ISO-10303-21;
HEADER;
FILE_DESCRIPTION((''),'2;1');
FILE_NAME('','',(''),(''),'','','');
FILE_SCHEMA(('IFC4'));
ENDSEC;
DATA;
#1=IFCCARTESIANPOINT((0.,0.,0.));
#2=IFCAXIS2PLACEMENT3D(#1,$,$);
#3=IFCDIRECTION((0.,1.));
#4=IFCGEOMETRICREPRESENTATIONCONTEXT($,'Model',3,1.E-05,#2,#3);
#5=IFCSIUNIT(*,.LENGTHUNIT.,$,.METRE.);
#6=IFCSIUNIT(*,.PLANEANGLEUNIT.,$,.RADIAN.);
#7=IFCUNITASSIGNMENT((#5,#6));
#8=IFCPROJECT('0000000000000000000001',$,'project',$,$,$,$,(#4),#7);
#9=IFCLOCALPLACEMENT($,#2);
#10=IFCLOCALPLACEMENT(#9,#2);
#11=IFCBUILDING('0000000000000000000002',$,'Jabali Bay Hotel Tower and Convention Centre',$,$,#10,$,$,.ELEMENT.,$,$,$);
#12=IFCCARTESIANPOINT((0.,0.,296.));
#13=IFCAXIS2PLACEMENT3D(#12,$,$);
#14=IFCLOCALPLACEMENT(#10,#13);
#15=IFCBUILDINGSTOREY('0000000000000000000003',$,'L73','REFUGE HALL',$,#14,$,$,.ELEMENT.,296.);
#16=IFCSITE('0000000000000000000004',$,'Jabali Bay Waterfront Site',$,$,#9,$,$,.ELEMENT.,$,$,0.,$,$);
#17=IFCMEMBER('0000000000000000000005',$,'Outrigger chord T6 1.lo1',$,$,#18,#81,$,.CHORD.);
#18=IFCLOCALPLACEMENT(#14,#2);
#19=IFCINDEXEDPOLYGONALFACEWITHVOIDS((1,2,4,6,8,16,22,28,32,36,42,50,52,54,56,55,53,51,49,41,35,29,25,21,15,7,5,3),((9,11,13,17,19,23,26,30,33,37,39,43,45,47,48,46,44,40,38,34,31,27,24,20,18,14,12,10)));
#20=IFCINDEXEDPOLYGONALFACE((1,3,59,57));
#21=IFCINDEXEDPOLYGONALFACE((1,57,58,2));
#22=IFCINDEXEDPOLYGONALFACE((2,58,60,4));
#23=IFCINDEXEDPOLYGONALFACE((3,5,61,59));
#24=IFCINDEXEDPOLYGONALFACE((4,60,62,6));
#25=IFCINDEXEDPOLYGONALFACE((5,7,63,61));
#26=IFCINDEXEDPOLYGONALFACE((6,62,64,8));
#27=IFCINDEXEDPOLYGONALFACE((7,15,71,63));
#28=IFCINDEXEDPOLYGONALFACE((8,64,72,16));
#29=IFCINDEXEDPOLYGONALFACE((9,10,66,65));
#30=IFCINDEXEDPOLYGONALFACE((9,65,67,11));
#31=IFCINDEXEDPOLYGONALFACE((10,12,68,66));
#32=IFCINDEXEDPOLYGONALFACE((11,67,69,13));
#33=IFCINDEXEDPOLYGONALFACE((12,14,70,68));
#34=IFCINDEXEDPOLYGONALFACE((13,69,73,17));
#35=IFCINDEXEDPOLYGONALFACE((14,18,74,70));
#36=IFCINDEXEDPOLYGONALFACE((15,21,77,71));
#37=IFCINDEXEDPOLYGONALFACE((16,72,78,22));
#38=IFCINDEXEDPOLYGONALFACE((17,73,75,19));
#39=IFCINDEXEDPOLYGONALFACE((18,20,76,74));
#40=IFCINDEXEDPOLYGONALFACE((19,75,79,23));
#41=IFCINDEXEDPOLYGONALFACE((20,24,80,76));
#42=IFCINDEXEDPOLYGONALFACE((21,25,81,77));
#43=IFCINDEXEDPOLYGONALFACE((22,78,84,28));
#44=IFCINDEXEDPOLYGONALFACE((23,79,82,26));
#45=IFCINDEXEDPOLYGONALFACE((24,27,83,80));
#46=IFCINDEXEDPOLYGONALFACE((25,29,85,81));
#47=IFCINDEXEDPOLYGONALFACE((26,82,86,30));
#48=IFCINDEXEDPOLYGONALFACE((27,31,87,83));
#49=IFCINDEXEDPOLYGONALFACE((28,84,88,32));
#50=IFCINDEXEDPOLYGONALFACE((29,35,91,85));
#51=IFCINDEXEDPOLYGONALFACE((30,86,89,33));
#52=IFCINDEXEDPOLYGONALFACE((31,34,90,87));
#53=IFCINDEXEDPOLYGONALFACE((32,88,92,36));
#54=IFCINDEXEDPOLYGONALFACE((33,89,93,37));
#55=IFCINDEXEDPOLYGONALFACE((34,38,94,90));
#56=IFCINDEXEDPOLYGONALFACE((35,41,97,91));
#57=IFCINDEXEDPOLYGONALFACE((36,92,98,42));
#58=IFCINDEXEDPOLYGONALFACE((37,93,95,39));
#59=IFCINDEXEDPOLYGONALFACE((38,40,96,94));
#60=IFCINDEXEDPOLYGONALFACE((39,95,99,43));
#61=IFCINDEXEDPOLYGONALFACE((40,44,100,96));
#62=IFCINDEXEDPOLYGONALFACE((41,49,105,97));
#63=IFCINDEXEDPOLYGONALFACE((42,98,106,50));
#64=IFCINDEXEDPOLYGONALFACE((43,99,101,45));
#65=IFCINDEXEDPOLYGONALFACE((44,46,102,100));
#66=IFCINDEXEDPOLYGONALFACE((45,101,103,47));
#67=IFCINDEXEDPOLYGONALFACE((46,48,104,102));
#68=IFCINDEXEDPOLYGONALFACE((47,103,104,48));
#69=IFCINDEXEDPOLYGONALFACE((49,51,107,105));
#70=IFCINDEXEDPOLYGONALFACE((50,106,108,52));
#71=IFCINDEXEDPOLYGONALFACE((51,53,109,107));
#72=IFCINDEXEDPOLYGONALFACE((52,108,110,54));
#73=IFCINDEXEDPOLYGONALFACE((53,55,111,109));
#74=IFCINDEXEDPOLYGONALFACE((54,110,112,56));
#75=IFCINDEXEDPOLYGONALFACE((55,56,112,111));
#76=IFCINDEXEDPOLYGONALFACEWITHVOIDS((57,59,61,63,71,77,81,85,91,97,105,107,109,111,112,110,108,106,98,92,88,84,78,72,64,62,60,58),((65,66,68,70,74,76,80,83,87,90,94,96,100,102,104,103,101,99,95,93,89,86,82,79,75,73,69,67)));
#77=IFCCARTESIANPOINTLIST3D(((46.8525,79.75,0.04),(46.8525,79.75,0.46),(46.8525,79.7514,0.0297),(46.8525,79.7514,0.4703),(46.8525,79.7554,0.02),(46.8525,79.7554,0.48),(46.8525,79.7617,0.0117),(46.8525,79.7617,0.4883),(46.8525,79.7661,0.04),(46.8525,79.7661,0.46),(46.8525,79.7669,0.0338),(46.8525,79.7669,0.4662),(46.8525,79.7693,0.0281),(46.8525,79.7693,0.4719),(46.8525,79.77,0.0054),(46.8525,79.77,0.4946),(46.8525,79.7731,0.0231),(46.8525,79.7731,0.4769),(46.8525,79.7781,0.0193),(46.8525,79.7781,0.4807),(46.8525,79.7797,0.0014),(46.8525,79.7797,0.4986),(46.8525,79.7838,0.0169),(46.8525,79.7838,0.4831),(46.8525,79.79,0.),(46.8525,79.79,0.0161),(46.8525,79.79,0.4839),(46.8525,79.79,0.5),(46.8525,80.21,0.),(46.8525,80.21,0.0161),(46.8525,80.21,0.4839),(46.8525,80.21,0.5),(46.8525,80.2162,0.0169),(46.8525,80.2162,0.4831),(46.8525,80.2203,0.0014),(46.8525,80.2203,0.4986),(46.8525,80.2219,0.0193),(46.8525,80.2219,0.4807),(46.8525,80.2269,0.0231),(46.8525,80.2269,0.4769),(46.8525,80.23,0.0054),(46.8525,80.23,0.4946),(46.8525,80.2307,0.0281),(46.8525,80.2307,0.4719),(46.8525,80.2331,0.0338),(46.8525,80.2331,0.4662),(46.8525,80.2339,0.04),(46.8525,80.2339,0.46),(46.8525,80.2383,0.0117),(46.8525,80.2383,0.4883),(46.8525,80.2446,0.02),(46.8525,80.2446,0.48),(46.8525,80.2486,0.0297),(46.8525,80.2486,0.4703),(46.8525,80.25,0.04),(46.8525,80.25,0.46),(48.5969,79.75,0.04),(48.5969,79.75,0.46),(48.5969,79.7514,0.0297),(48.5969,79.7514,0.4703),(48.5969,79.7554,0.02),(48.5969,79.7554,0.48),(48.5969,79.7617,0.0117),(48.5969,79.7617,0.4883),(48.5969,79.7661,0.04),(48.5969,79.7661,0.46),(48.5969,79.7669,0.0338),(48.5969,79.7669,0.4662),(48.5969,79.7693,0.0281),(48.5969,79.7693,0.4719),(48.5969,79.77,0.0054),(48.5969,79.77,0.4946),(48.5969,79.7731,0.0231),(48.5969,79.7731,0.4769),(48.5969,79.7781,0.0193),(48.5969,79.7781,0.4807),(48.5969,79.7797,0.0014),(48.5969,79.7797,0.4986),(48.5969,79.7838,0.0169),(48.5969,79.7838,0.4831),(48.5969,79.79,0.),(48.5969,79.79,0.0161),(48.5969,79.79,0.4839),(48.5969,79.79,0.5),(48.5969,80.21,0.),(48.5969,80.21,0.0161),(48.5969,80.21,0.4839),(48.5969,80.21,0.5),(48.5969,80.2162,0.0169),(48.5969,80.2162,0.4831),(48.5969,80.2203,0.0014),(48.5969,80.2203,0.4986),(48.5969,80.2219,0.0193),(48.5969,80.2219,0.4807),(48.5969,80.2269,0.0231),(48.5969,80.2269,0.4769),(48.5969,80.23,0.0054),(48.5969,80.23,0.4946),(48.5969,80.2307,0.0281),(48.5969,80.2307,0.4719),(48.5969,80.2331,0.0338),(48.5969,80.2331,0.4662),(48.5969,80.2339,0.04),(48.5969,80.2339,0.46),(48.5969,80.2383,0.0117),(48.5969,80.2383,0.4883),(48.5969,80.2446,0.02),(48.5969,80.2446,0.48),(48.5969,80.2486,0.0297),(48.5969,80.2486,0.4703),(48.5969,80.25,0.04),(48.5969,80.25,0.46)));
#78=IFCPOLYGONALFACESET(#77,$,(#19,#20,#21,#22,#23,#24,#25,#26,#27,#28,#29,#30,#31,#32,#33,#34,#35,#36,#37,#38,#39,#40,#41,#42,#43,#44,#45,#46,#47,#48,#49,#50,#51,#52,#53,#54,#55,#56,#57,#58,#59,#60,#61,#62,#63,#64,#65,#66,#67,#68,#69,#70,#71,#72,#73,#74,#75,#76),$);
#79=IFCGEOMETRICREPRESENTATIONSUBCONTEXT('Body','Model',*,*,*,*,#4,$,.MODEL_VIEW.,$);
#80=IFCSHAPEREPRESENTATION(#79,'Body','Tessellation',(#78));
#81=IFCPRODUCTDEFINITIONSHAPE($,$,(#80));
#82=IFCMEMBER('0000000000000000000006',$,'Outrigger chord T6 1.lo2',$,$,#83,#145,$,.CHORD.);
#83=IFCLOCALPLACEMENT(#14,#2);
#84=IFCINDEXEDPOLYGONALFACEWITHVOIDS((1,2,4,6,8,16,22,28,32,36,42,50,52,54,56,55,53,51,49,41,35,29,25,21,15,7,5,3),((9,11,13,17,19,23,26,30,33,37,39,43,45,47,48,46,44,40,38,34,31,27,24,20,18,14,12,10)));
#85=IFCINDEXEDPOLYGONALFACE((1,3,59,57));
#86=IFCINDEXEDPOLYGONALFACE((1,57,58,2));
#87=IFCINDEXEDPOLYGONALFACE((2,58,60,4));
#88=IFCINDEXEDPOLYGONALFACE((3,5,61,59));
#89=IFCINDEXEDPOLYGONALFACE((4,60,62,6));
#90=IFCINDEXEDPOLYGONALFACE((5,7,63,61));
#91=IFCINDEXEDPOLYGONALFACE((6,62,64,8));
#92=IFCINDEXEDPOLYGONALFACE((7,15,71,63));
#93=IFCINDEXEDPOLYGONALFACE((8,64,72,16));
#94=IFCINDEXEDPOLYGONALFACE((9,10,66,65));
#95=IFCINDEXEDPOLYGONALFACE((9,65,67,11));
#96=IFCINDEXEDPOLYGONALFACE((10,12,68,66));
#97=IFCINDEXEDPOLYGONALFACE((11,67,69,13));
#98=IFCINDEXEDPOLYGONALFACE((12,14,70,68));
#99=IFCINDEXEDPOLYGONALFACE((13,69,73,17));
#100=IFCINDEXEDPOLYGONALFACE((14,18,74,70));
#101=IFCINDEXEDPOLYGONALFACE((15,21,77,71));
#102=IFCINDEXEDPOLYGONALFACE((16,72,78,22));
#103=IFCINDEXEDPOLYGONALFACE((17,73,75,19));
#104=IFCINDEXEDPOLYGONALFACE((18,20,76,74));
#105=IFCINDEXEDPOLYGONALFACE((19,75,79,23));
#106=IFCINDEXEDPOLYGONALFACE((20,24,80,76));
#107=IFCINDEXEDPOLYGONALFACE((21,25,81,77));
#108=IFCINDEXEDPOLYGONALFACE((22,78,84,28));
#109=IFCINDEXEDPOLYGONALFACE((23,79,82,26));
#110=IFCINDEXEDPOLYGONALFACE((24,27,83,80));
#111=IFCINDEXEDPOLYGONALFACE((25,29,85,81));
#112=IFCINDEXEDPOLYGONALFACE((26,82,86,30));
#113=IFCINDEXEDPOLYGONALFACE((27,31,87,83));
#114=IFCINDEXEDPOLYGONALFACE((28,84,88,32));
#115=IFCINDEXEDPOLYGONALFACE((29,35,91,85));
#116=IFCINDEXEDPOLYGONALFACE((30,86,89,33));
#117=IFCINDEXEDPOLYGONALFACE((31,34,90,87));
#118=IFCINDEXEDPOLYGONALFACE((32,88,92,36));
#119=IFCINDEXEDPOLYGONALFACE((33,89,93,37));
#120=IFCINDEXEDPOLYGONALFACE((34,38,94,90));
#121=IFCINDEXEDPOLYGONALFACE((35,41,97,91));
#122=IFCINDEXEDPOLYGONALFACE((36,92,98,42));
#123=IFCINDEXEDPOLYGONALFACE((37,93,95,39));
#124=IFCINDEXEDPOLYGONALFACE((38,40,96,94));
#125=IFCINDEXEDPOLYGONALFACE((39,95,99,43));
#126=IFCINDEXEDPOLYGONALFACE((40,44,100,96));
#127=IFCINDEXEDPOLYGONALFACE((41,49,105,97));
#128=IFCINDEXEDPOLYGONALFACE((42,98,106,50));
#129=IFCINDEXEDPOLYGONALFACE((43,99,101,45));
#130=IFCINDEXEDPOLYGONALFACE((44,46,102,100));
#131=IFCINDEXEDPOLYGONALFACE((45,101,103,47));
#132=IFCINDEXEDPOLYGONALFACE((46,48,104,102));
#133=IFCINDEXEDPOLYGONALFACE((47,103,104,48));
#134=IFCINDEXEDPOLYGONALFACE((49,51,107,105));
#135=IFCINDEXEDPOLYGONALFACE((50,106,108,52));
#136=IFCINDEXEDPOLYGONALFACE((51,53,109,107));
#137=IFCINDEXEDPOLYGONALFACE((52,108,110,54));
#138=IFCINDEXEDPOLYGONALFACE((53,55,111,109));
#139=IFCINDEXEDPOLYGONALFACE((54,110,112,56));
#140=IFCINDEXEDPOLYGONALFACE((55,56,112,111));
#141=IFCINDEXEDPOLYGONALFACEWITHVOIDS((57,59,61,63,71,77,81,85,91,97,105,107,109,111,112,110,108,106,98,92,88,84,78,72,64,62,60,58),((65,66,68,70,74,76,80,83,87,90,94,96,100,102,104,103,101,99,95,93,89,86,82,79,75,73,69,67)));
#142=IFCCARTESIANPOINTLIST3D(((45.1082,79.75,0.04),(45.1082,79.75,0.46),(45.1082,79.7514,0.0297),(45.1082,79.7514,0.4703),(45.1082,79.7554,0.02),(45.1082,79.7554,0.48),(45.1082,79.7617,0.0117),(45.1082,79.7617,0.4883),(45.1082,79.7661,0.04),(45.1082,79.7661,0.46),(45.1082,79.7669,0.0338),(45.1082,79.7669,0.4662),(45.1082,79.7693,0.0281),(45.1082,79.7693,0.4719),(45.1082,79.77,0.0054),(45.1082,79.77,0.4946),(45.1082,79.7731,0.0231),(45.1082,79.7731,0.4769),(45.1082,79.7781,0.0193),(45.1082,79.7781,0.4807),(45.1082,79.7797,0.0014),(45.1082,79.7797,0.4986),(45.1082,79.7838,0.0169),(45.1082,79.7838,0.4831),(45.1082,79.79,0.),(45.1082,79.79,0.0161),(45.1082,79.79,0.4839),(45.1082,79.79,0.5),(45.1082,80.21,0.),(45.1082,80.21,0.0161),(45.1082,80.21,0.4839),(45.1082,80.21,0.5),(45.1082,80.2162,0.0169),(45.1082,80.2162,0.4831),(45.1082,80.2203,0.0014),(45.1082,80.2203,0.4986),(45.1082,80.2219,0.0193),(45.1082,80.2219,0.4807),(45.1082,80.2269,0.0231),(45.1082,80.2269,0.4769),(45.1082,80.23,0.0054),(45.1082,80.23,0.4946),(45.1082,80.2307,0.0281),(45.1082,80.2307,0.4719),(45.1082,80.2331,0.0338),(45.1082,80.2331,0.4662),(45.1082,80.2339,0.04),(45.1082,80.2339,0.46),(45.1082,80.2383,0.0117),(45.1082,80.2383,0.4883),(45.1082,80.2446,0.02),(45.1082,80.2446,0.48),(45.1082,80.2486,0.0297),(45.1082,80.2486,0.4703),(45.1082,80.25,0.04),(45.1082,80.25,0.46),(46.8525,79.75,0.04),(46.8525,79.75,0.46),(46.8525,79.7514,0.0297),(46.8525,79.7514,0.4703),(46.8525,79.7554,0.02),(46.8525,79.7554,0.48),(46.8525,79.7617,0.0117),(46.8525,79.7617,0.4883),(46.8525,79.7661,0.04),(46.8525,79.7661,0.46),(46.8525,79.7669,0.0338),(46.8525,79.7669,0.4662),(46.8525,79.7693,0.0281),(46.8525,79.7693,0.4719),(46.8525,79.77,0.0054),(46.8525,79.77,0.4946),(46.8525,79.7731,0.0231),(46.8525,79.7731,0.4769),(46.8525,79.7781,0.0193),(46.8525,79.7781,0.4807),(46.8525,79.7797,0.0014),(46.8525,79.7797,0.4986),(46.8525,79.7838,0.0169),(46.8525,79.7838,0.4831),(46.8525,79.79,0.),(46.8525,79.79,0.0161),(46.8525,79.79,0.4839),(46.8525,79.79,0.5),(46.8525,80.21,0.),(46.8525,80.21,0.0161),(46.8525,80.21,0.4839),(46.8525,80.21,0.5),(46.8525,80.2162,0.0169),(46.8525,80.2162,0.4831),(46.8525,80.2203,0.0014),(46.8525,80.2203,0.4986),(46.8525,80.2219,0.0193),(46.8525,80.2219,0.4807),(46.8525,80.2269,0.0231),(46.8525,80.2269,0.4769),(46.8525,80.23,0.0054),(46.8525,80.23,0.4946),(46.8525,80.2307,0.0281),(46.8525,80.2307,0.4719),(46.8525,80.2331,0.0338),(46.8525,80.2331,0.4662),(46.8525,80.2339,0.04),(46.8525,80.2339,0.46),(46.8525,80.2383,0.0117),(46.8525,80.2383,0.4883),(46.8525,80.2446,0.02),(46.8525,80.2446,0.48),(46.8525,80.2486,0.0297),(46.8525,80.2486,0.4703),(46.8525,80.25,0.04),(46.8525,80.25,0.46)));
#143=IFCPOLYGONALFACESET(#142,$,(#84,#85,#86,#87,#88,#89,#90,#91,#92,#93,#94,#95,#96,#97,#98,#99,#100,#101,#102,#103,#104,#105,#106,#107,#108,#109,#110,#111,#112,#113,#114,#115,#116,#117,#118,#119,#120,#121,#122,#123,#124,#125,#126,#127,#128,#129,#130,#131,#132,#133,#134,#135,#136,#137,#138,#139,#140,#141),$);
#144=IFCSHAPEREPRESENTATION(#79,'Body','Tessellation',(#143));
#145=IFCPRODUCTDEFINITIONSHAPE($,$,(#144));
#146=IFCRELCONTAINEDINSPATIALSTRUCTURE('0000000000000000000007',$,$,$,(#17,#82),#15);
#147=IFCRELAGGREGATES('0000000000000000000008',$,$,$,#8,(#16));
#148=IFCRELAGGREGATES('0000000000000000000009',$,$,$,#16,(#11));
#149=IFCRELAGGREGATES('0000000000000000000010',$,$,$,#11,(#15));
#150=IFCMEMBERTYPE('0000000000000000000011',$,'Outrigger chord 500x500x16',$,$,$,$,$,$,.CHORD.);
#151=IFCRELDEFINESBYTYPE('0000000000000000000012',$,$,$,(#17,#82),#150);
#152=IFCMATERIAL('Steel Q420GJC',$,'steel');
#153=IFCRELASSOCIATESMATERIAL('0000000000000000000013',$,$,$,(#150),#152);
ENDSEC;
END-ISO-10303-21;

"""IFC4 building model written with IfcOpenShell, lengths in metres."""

from ifc_helpers import new_model, si_unit, direction, frame, origin, origin_2d, place, context, subcontext, project, spatial, hollow_rectangle, extrude, material, material_profile, profile_set, type_object, element, save


model = new_model("IFC4")

# Units and contexts
model_context = context("Model", 3, precision=1e-05, world=origin(), true_north=direction((0.0, 1.0)))
body_context = subcontext(model_context, "Body", "Model", "MODEL_VIEW")
ifc_project = project(units=[si_unit("LENGTHUNIT", "METRE"), si_unit("PLANEANGLEUNIT", "RADIAN")], contexts=[model_context])

# Site, building, storey
site_placement = place(None, origin())
site = spatial("IfcSite", under=ifc_project, at=site_placement, Name="Jabali Bay Waterfront Site", CompositionType="ELEMENT", RefElevation=0.0)
building_placement = place(site_placement, origin())
building = spatial("IfcBuilding", under=site, at=building_placement, Name="Jabali Bay Hotel Tower and Convention Centre", CompositionType="ELEMENT")
storey_placement = place(building_placement, frame((0.0, 0.0, 296.0)))
storey = spatial("IfcBuildingStorey", under=building, at=storey_placement, Name="L73", Description="REFUGE HALL", CompositionType="ELEMENT", Elevation=296.0)

# Members
ifc_material_1 = material(Name="Steel Q420GJC", Category="steel")
ifc_material_profile_1 = material_profile(ifc_material_1, hollow_rectangle(XDim=0.5, YDim=0.5, WallThickness=0.0161, InnerFilletRadius=0.0239, OuterFilletRadius=0.04, at=origin_2d()), Name="Outrigger chord 500x500x16")
ifc_profile_set_1 = profile_set([ifc_material_profile_1], Name="Steel Q420GJC")
member_type_1 = type_object("IfcMemberType", Name="Outrigger chord 500x500x16", PredefinedType="CHORD", material=ifc_profile_set_1)
for number, where, z_axis, x_axis, name in (
    (1, (48.5969, 80.0, 0.25), (-1.0, 0.0, 0.0), (0.0, -1.0, 0.0), "Outrigger chord T6 1.lo1"),
    (2, (46.8525, 80.0, 0.25), (-1.0, 0.0, 0.0), (0.0, -1.0, 0.0), "Outrigger chord T6 1.lo2"),
):
    element("IfcMember", number, at=place(storey_placement, frame(where, z_axis=z_axis, x_axis=x_axis)), inside=storey, type_object=member_type_1, Name=name, PredefinedType="CHORD", context=body_context, shape_type="SweptSolid", body=[
        extrude(hollow_rectangle(XDim=0.5, YDim=0.5, WallThickness=0.0161, InnerFilletRadius=0.0239, OuterFilletRadius=0.04, at=origin_2d()), origin(), (0.0, 0.0, 1.0), 1.7444),
    ])

save(model, "model.ifc")
